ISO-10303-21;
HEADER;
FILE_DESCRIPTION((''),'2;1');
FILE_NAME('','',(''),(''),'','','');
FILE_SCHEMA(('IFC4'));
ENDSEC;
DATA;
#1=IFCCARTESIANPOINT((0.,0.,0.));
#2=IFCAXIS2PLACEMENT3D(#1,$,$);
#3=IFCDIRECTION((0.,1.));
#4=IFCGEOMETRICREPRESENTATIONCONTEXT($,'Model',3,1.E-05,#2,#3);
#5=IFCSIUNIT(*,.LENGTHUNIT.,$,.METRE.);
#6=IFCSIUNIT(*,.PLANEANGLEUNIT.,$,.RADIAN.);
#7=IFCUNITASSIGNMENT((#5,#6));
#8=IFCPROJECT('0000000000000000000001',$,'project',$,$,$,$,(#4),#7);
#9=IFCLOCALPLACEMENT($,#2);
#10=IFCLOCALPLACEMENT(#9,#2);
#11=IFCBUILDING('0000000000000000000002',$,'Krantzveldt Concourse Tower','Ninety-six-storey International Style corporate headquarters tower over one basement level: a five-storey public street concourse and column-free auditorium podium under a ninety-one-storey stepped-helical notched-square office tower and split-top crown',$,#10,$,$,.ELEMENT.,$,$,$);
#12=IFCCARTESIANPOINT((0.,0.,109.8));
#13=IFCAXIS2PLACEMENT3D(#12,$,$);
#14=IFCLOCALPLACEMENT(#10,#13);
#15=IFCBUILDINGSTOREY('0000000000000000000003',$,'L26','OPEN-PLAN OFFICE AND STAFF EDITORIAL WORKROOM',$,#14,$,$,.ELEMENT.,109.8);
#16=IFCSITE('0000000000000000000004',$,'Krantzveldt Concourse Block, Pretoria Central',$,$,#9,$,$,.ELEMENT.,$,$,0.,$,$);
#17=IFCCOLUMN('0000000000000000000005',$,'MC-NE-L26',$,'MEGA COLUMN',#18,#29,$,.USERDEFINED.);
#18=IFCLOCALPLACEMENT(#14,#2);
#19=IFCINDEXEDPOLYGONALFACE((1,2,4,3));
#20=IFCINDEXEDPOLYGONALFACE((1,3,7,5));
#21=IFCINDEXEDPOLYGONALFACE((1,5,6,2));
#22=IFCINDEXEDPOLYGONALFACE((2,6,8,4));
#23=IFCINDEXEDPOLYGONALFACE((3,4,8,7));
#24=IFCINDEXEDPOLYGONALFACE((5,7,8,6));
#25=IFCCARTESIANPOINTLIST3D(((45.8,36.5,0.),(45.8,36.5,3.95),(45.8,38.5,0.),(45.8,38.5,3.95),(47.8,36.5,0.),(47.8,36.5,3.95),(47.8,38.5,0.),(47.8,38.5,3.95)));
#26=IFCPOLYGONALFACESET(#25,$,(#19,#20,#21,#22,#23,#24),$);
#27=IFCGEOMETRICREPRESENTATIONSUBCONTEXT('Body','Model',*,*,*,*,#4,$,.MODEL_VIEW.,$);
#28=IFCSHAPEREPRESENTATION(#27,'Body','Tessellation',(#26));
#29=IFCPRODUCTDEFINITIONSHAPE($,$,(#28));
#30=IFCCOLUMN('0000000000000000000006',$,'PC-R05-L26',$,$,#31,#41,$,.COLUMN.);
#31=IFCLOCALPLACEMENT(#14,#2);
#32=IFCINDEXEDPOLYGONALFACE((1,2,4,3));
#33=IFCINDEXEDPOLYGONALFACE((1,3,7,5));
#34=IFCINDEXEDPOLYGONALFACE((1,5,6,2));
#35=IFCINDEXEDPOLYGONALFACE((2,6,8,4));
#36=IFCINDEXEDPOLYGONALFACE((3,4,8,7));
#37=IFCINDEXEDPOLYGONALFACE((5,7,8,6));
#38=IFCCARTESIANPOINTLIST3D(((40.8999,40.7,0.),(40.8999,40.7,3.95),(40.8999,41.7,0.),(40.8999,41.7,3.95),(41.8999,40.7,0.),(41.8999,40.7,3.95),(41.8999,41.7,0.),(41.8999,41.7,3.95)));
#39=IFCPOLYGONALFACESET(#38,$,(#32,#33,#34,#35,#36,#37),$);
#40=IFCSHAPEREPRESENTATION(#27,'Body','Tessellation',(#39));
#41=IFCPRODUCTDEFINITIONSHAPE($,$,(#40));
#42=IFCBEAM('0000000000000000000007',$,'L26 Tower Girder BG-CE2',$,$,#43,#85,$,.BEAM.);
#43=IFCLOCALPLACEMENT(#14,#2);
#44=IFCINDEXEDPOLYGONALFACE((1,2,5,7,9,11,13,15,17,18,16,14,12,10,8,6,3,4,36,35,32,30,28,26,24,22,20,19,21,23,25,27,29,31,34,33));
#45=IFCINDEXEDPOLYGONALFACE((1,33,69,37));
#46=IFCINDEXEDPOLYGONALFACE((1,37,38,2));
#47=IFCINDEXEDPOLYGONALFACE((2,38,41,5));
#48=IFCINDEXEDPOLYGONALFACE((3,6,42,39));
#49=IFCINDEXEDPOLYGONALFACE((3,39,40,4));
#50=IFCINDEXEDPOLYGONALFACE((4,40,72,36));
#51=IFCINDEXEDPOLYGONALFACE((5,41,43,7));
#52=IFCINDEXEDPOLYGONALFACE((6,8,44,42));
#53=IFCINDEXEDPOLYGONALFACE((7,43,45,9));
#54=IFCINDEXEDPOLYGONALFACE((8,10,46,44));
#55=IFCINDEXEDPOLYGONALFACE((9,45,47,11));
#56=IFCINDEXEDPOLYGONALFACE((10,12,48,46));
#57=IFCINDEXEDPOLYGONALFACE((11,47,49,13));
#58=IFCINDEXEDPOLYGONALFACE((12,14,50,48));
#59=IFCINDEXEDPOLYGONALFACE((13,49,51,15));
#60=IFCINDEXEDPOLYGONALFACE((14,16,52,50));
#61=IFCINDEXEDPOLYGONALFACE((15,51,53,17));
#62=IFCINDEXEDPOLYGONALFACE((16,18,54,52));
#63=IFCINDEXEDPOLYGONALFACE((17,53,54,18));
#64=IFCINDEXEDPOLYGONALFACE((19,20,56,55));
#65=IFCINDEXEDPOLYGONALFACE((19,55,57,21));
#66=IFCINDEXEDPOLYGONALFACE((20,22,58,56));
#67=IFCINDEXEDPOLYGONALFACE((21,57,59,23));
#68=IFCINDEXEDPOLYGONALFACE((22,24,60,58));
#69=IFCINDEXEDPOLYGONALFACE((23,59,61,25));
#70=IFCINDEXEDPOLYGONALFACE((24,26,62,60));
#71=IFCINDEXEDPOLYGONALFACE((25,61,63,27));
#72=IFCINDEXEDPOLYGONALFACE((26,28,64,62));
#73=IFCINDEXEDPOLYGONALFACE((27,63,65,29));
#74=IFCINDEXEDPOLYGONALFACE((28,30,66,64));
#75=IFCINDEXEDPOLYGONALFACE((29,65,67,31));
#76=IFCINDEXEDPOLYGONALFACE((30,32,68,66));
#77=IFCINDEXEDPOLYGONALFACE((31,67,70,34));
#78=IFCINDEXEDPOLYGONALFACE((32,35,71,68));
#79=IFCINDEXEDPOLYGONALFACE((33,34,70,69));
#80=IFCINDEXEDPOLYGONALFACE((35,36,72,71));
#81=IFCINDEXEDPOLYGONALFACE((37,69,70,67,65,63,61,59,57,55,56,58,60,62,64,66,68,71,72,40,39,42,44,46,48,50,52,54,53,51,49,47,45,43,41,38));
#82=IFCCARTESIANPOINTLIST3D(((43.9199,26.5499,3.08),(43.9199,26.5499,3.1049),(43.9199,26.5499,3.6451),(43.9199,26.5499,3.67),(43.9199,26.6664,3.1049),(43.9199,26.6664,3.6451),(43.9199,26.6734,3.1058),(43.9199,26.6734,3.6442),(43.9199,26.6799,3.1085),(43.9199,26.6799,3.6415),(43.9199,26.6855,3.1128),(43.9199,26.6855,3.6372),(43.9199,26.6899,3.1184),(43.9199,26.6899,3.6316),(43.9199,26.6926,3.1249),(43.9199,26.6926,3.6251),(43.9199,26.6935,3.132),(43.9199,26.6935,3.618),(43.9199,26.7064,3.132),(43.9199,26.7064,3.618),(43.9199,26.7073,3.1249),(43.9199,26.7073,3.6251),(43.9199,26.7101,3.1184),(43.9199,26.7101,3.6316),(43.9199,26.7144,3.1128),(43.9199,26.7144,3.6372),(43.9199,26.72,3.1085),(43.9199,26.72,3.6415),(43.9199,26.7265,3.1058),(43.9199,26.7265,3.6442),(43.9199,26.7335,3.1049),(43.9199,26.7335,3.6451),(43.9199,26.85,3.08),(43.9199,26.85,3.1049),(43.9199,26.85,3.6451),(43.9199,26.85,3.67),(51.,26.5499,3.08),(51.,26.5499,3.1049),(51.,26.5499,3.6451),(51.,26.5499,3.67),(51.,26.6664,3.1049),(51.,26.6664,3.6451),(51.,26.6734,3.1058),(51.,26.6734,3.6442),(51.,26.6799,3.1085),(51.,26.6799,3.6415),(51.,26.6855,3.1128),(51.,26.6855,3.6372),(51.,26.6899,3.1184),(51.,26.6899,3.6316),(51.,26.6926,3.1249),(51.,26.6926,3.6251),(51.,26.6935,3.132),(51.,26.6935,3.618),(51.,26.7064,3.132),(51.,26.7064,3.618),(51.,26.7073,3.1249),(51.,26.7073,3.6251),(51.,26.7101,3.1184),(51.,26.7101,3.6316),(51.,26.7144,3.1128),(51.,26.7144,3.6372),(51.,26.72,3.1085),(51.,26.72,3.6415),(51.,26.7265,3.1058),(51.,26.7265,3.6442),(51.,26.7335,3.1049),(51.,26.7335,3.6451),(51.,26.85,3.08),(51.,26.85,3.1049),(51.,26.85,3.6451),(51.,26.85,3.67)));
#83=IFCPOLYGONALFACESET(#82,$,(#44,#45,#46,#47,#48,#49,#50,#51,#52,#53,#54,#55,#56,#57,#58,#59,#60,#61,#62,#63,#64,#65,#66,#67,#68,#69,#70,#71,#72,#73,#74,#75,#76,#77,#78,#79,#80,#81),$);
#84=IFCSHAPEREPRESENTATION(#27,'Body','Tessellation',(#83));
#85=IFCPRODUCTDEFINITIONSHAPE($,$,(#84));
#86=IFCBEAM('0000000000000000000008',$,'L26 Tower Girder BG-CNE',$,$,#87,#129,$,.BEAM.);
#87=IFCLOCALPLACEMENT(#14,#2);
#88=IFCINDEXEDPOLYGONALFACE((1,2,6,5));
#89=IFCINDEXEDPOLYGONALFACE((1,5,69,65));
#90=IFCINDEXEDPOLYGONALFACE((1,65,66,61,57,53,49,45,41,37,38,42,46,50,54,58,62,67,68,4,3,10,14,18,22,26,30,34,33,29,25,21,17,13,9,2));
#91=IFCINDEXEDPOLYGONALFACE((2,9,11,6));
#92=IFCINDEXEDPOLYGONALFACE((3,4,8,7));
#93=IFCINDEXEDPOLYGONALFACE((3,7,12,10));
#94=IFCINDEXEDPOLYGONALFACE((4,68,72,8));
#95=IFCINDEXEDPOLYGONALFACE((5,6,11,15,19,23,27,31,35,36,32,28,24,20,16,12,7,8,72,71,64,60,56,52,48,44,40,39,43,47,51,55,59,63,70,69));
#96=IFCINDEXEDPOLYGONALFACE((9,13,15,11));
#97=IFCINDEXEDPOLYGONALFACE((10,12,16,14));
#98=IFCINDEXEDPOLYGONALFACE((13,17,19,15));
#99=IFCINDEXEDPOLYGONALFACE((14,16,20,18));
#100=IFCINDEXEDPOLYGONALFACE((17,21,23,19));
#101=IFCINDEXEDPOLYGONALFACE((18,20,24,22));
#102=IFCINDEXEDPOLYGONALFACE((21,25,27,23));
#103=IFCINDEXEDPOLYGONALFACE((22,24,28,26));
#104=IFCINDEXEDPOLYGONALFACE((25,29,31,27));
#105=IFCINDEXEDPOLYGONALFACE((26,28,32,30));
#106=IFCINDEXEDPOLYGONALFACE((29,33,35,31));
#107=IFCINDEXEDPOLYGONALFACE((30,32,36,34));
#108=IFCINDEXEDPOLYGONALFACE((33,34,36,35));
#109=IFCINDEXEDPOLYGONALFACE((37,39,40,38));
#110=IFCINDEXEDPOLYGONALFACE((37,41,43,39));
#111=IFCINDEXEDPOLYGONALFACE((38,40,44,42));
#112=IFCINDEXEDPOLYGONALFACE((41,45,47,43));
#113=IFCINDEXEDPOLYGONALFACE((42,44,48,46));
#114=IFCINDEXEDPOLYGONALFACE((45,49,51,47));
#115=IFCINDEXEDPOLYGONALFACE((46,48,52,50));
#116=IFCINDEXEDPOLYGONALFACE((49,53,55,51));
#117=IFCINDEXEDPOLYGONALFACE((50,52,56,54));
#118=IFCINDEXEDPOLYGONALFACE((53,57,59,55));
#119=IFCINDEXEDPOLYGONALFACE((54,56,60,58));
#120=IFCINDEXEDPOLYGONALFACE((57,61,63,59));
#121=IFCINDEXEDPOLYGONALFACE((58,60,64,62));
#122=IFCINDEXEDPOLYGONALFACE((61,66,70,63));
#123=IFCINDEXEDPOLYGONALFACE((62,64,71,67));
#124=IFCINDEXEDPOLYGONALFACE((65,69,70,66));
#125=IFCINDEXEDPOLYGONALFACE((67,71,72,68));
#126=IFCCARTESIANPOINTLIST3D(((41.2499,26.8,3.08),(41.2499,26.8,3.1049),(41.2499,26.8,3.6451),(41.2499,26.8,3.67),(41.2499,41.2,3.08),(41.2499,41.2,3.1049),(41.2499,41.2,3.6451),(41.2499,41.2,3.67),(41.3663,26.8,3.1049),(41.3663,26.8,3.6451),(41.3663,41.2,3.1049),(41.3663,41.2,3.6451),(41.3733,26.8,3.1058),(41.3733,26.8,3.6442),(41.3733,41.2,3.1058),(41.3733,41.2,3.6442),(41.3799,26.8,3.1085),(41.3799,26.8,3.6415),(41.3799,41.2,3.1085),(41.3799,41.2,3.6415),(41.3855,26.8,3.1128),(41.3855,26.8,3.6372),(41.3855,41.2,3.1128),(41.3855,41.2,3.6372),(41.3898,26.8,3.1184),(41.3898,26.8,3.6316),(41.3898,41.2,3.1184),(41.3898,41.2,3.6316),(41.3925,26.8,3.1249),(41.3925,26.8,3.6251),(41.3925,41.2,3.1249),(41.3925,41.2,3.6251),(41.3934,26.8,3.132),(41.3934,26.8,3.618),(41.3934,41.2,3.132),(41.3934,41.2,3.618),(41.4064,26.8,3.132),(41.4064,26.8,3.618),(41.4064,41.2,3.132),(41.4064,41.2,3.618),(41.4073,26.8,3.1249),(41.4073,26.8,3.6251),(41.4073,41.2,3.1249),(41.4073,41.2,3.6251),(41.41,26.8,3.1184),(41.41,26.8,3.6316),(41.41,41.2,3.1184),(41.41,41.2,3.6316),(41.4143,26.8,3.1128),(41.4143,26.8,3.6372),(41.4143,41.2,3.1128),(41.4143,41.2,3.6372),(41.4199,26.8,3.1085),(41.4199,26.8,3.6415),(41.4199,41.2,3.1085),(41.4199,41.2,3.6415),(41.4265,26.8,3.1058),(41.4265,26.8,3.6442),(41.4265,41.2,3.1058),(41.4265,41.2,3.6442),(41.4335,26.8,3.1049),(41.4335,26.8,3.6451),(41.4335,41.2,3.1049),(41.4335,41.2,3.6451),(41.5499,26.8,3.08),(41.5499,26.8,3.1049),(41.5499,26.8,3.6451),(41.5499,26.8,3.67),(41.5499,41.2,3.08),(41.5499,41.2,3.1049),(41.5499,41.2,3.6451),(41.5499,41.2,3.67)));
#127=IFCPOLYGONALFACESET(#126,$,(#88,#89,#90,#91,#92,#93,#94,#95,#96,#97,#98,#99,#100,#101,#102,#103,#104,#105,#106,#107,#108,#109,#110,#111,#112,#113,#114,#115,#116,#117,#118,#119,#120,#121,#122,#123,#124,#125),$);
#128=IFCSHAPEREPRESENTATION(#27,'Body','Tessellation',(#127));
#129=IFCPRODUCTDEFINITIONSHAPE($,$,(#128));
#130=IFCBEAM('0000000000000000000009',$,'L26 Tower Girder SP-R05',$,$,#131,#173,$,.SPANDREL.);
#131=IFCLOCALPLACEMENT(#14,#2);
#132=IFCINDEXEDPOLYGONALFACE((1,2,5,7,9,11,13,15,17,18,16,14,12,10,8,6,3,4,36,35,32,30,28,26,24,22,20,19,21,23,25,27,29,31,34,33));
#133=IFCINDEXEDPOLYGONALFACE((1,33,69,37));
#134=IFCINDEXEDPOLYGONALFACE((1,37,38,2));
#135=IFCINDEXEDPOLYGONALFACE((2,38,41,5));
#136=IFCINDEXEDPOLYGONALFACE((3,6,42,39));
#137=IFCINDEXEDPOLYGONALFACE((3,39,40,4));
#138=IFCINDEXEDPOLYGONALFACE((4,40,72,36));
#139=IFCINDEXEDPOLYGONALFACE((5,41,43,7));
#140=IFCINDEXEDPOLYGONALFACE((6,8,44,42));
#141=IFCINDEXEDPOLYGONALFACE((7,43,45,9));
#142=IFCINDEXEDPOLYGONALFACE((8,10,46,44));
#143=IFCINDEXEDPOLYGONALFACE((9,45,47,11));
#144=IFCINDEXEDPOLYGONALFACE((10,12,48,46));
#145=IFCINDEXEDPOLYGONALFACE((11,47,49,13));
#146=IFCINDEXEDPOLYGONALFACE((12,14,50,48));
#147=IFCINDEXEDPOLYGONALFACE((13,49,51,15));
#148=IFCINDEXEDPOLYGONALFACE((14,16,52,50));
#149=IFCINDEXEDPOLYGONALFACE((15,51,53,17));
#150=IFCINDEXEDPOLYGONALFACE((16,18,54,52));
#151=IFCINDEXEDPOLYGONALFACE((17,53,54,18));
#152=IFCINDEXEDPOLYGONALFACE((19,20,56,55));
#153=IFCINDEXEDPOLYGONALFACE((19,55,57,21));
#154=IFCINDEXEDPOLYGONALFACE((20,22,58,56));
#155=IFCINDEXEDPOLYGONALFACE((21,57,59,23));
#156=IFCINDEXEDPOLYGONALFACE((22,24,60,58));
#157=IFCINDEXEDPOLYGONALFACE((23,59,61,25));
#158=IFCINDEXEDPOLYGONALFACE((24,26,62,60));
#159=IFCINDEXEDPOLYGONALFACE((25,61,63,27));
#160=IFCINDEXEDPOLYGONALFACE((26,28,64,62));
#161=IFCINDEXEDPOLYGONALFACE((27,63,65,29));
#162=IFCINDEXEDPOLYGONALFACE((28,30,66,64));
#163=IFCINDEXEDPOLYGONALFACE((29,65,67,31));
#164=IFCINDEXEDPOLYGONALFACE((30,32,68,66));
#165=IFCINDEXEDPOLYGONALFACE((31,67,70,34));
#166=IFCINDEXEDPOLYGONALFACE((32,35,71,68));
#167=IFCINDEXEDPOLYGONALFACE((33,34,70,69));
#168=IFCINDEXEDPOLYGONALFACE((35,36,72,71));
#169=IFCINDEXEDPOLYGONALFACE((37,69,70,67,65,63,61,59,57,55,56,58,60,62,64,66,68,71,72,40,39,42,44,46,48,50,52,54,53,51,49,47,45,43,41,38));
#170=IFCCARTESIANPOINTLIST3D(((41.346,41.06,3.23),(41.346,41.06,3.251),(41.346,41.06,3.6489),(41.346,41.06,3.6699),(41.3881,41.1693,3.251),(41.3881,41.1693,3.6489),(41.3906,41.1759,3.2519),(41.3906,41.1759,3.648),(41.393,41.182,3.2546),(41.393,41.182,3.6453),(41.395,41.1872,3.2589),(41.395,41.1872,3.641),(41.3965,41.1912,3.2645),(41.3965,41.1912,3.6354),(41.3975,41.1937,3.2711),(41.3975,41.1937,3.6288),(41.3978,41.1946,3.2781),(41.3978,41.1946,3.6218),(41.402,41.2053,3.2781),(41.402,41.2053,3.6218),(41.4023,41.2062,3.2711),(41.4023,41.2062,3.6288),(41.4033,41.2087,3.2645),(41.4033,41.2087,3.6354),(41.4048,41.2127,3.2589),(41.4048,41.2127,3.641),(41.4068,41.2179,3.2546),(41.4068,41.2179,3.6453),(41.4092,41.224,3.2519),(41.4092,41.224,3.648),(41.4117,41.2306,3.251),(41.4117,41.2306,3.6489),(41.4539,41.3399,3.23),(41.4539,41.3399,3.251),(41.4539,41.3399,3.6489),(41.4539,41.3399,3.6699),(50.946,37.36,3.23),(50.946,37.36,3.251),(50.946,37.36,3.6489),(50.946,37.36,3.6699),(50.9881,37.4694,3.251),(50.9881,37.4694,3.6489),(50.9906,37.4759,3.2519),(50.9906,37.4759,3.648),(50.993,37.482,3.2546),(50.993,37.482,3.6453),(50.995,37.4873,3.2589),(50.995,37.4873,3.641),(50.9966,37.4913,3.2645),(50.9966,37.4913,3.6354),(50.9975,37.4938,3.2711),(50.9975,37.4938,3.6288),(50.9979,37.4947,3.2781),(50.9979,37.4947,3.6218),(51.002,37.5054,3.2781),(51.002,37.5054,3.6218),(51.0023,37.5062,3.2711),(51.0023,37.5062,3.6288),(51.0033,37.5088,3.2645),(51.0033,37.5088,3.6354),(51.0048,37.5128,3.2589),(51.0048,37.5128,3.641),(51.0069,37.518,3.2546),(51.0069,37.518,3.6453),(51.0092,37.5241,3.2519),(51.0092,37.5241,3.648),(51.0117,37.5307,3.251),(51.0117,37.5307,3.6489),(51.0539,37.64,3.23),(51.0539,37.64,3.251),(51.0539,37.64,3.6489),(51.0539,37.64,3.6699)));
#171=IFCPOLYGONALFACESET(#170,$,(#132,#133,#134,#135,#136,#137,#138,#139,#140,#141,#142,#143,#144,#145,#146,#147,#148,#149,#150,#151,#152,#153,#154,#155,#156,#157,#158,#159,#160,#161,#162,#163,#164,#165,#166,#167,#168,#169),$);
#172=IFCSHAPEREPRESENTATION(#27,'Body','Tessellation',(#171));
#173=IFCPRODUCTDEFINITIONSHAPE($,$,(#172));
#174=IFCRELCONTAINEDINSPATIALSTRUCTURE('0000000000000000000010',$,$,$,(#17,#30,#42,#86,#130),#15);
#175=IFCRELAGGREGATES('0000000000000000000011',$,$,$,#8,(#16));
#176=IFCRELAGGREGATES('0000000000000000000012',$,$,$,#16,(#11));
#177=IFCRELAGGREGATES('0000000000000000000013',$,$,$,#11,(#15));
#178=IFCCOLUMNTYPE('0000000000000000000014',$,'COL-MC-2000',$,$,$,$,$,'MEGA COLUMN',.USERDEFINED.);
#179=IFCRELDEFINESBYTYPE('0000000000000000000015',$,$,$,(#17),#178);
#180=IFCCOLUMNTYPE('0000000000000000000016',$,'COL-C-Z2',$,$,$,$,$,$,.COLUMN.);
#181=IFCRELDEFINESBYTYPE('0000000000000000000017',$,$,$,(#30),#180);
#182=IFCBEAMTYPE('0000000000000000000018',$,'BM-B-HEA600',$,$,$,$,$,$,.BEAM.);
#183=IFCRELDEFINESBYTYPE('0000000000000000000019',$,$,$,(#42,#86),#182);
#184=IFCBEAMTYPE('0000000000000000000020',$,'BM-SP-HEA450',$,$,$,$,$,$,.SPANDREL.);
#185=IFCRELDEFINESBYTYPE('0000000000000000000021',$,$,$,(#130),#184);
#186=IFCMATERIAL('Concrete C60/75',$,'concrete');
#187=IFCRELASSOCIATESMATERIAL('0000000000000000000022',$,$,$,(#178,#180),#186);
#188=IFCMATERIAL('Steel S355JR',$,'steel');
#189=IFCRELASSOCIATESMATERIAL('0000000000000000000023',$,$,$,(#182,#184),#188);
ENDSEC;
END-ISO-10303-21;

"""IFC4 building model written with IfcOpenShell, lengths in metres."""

from ifc_helpers import new_model, si_unit, direction, frame, origin, origin_2d, place, context, subcontext, project, spatial, rectangle, i_section, extrude, source, transform, mapped, material, material_profile, profile_set, type_object, type_shapes, element, save


model = new_model("IFC4")

# Units and contexts
model_context = context("Model", 3, precision=1e-05, world=origin(), true_north=direction((0.0, 1.0)))
body_context = subcontext(model_context, "Body", "Model", "MODEL_VIEW")
ifc_project = project(units=[si_unit("LENGTHUNIT", "METRE"), si_unit("PLANEANGLEUNIT", "RADIAN")], contexts=[model_context])

# Site, building, storey
site_placement = place(None, origin())
site = spatial("IfcSite", under=ifc_project, at=site_placement, Name="Krantzveldt Concourse Block, Pretoria Central", CompositionType="ELEMENT", RefElevation=0.0)
building_placement = place(site_placement, origin())
building = spatial("IfcBuilding", under=site, at=building_placement, Name="Krantzveldt Concourse Tower", Description="Ninety-six-storey International Style corporate headquarters tower over one basement level: a five-storey public street concourse and column-free auditorium podium under a ninety-one-storey stepped-helical notched-square office tower and split-top crown", CompositionType="ELEMENT")
storey_placement = place(building_placement, frame((0.0, 0.0, 109.8)))
storey = spatial("IfcBuildingStorey", under=building, at=storey_placement, Name="L26", Description="OPEN-PLAN OFFICE AND STAFF EDITORIAL WORKROOM", CompositionType="ELEMENT", Elevation=109.8)

# Columns
ifc_material_1 = material(Name="Concrete C60/75", Category="concrete")
ifc_material_profile_1 = material_profile(ifc_material_1, rectangle(XDim=2.0, YDim=2.0, at=origin_2d()), Name="Concrete C60/75", Category="concrete")
ifc_profile_set_1 = profile_set([ifc_material_profile_1], Name="Concrete C60/75 - RC 2000x2000")
column_type_1 = type_object("IfcColumnType", Name="COL-MC-2000", ElementType="MEGA COLUMN", PredefinedType="USERDEFINED", material=ifc_profile_set_1)
shared_shape_1 = source(origin(), body_context, "Body", "SweptSolid", [
    extrude(rectangle(XDim=2.0, YDim=2.0, at=origin_2d()), origin(), (0.0, 0.0, 1.0), 3.95),
])
type_shapes(column_type_1, [shared_shape_1])
column_1_placement = place(storey_placement, frame((46.8, 37.5, 0.0), z_axis=(0.0, 0.0, 1.0), x_axis=(1.0, 0.0, 0.0)))
element("IfcColumn", 1, at=column_1_placement, inside=storey, type_object=column_type_1, Name="MC-NE-L26", ObjectType="MEGA COLUMN", PredefinedType="USERDEFINED", context=body_context, shape_type="MappedRepresentation", body=[
    mapped(shared_shape_1, transform((0.0, 0.0, 0.0), x_axis=(1.0, 0.0, 0.0), y_axis=(0.0, 1.0, 0.0), z_axis=(0.0, 0.0, 1.0), scale=1.0)),
])
ifc_material_profile_2 = material_profile(ifc_material_1, rectangle(XDim=1.0, YDim=1.0, at=origin_2d()), Name="Concrete C60/75", Category="concrete")
ifc_profile_set_2 = profile_set([ifc_material_profile_2], Name="Concrete C60/75 - RC 1000x1000")
column_type_2 = type_object("IfcColumnType", Name="COL-C-Z2", PredefinedType="COLUMN", material=ifc_profile_set_2)
shared_shape_2 = source(origin(), body_context, "Body", "SweptSolid", [
    extrude(rectangle(XDim=1.0, YDim=1.0, at=origin_2d()), origin(), (0.0, 0.0, 1.0), 3.95),
])
type_shapes(column_type_2, [shared_shape_2])
column_2_placement = place(storey_placement, frame((41.3999, 41.2, 0.0), z_axis=(0.0, 0.0, 1.0), x_axis=(1.0, 0.0, 0.0)))
element("IfcColumn", 2, at=column_2_placement, inside=storey, type_object=column_type_2, Name="PC-R05-L26", PredefinedType="COLUMN", context=body_context, shape_type="MappedRepresentation", body=[
    mapped(shared_shape_2, transform((0.0, 0.0, 0.0), x_axis=(1.0, 0.0, 0.0), y_axis=(0.0, 1.0, 0.0), z_axis=(0.0, 0.0, 1.0), scale=1.0)),
])

# Beams
ifc_material_2 = material(Name="Steel S355JR", Category="steel")
ifc_material_profile_3 = material_profile(ifc_material_2, i_section(OverallWidth=0.3, OverallDepth=0.5901, WebThickness=0.0129, FlangeThickness=0.0249, FilletRadius=0.0271, at=origin_2d()), Name="Steel S355JR", Category="steel")
ifc_profile_set_3 = profile_set([ifc_material_profile_3], Name="Steel S355JR - HEA 600")
beam_type_1 = type_object("IfcBeamType", Name="BM-B-HEA600", PredefinedType="BEAM", material=ifc_profile_set_3)
shared_shape_3 = source(origin(), body_context, "Body", "SweptSolid", [
    extrude(i_section(OverallWidth=0.3, OverallDepth=0.5901, WebThickness=0.0129, FlangeThickness=0.0249, FilletRadius=0.0271, at=origin_2d()), origin(), (0.0, 0.0, 1.0), 7.0801),
])
beam_1_placement = place(storey_placement, frame((43.9199, 26.7, 3.375), z_axis=(1.0, 0.0, 0.0), x_axis=(0.0, 1.0, 0.0)))
element("IfcBeam", 3, at=beam_1_placement, inside=storey, type_object=beam_type_1, Name="L26 Tower Girder BG-CE2", PredefinedType="BEAM", context=body_context, shape_type="MappedRepresentation", body=[
    mapped(shared_shape_3, transform((0.0, 0.0, 0.0), x_axis=(1.0, 0.0, 0.0), y_axis=(0.0, 1.0, 0.0), z_axis=(0.0, 0.0, 1.0), scale=1.0)),
])
shared_shape_4 = source(origin(), body_context, "Body", "SweptSolid", [
    extrude(i_section(OverallWidth=0.3, OverallDepth=0.5901, WebThickness=0.0129, FlangeThickness=0.0249, FilletRadius=0.0271, at=origin_2d()), origin(), (0.0, 0.0, 1.0), 14.3999),
])
beam_2_placement = place(storey_placement, frame((41.3999, 26.8, 3.375), z_axis=(0.0, 1.0, 0.0), x_axis=(-1.0, 0.0, 0.0)))
element("IfcBeam", 4, at=beam_2_placement, inside=storey, type_object=beam_type_1, Name="L26 Tower Girder BG-CNE", PredefinedType="BEAM", context=body_context, shape_type="MappedRepresentation", body=[
    mapped(shared_shape_4, transform((0.0, 0.0, 0.0), x_axis=(1.0, 0.0, 0.0), y_axis=(0.0, 1.0, 0.0), z_axis=(0.0, 0.0, 1.0), scale=1.0)),
])
ifc_material_profile_4 = material_profile(ifc_material_2, i_section(OverallWidth=0.3, OverallDepth=0.4399, WebThickness=0.0115, FlangeThickness=0.021, FilletRadius=0.0271, at=origin_2d()), Name="Steel S355JR", Category="steel")
ifc_profile_set_4 = profile_set([ifc_material_profile_4], Name="Steel S355JR - HEA 450")
beam_type_2 = type_object("IfcBeamType", Name="BM-SP-HEA450", PredefinedType="SPANDREL", material=ifc_profile_set_4)
shared_shape_5 = source(origin(), body_context, "Body", "SweptSolid", [
    extrude(i_section(OverallWidth=0.3, OverallDepth=0.4399, WebThickness=0.0115, FlangeThickness=0.021, FilletRadius=0.0271, at=origin_2d()), origin(), (0.0, 0.0, 1.0), 10.2883),
])
type_shapes(beam_type_2, [shared_shape_5])
beam_3_placement = place(storey_placement, frame((41.3999, 41.2, 3.45), z_axis=(0.933098, -0.359623, 0.0), x_axis=(0.359623, 0.933098, 0.0)))
element("IfcBeam", 5, at=beam_3_placement, inside=storey, type_object=beam_type_2, Name="L26 Tower Girder SP-R05", PredefinedType="SPANDREL", context=body_context, shape_type="MappedRepresentation", body=[
    mapped(shared_shape_5, transform((0.0, 0.0, 0.0), x_axis=(1.0, 0.0, 0.0), y_axis=(0.0, 1.0, 0.0), z_axis=(0.0, 0.0, 1.0), scale=1.0)),
])

save(model, "model.ifc")
